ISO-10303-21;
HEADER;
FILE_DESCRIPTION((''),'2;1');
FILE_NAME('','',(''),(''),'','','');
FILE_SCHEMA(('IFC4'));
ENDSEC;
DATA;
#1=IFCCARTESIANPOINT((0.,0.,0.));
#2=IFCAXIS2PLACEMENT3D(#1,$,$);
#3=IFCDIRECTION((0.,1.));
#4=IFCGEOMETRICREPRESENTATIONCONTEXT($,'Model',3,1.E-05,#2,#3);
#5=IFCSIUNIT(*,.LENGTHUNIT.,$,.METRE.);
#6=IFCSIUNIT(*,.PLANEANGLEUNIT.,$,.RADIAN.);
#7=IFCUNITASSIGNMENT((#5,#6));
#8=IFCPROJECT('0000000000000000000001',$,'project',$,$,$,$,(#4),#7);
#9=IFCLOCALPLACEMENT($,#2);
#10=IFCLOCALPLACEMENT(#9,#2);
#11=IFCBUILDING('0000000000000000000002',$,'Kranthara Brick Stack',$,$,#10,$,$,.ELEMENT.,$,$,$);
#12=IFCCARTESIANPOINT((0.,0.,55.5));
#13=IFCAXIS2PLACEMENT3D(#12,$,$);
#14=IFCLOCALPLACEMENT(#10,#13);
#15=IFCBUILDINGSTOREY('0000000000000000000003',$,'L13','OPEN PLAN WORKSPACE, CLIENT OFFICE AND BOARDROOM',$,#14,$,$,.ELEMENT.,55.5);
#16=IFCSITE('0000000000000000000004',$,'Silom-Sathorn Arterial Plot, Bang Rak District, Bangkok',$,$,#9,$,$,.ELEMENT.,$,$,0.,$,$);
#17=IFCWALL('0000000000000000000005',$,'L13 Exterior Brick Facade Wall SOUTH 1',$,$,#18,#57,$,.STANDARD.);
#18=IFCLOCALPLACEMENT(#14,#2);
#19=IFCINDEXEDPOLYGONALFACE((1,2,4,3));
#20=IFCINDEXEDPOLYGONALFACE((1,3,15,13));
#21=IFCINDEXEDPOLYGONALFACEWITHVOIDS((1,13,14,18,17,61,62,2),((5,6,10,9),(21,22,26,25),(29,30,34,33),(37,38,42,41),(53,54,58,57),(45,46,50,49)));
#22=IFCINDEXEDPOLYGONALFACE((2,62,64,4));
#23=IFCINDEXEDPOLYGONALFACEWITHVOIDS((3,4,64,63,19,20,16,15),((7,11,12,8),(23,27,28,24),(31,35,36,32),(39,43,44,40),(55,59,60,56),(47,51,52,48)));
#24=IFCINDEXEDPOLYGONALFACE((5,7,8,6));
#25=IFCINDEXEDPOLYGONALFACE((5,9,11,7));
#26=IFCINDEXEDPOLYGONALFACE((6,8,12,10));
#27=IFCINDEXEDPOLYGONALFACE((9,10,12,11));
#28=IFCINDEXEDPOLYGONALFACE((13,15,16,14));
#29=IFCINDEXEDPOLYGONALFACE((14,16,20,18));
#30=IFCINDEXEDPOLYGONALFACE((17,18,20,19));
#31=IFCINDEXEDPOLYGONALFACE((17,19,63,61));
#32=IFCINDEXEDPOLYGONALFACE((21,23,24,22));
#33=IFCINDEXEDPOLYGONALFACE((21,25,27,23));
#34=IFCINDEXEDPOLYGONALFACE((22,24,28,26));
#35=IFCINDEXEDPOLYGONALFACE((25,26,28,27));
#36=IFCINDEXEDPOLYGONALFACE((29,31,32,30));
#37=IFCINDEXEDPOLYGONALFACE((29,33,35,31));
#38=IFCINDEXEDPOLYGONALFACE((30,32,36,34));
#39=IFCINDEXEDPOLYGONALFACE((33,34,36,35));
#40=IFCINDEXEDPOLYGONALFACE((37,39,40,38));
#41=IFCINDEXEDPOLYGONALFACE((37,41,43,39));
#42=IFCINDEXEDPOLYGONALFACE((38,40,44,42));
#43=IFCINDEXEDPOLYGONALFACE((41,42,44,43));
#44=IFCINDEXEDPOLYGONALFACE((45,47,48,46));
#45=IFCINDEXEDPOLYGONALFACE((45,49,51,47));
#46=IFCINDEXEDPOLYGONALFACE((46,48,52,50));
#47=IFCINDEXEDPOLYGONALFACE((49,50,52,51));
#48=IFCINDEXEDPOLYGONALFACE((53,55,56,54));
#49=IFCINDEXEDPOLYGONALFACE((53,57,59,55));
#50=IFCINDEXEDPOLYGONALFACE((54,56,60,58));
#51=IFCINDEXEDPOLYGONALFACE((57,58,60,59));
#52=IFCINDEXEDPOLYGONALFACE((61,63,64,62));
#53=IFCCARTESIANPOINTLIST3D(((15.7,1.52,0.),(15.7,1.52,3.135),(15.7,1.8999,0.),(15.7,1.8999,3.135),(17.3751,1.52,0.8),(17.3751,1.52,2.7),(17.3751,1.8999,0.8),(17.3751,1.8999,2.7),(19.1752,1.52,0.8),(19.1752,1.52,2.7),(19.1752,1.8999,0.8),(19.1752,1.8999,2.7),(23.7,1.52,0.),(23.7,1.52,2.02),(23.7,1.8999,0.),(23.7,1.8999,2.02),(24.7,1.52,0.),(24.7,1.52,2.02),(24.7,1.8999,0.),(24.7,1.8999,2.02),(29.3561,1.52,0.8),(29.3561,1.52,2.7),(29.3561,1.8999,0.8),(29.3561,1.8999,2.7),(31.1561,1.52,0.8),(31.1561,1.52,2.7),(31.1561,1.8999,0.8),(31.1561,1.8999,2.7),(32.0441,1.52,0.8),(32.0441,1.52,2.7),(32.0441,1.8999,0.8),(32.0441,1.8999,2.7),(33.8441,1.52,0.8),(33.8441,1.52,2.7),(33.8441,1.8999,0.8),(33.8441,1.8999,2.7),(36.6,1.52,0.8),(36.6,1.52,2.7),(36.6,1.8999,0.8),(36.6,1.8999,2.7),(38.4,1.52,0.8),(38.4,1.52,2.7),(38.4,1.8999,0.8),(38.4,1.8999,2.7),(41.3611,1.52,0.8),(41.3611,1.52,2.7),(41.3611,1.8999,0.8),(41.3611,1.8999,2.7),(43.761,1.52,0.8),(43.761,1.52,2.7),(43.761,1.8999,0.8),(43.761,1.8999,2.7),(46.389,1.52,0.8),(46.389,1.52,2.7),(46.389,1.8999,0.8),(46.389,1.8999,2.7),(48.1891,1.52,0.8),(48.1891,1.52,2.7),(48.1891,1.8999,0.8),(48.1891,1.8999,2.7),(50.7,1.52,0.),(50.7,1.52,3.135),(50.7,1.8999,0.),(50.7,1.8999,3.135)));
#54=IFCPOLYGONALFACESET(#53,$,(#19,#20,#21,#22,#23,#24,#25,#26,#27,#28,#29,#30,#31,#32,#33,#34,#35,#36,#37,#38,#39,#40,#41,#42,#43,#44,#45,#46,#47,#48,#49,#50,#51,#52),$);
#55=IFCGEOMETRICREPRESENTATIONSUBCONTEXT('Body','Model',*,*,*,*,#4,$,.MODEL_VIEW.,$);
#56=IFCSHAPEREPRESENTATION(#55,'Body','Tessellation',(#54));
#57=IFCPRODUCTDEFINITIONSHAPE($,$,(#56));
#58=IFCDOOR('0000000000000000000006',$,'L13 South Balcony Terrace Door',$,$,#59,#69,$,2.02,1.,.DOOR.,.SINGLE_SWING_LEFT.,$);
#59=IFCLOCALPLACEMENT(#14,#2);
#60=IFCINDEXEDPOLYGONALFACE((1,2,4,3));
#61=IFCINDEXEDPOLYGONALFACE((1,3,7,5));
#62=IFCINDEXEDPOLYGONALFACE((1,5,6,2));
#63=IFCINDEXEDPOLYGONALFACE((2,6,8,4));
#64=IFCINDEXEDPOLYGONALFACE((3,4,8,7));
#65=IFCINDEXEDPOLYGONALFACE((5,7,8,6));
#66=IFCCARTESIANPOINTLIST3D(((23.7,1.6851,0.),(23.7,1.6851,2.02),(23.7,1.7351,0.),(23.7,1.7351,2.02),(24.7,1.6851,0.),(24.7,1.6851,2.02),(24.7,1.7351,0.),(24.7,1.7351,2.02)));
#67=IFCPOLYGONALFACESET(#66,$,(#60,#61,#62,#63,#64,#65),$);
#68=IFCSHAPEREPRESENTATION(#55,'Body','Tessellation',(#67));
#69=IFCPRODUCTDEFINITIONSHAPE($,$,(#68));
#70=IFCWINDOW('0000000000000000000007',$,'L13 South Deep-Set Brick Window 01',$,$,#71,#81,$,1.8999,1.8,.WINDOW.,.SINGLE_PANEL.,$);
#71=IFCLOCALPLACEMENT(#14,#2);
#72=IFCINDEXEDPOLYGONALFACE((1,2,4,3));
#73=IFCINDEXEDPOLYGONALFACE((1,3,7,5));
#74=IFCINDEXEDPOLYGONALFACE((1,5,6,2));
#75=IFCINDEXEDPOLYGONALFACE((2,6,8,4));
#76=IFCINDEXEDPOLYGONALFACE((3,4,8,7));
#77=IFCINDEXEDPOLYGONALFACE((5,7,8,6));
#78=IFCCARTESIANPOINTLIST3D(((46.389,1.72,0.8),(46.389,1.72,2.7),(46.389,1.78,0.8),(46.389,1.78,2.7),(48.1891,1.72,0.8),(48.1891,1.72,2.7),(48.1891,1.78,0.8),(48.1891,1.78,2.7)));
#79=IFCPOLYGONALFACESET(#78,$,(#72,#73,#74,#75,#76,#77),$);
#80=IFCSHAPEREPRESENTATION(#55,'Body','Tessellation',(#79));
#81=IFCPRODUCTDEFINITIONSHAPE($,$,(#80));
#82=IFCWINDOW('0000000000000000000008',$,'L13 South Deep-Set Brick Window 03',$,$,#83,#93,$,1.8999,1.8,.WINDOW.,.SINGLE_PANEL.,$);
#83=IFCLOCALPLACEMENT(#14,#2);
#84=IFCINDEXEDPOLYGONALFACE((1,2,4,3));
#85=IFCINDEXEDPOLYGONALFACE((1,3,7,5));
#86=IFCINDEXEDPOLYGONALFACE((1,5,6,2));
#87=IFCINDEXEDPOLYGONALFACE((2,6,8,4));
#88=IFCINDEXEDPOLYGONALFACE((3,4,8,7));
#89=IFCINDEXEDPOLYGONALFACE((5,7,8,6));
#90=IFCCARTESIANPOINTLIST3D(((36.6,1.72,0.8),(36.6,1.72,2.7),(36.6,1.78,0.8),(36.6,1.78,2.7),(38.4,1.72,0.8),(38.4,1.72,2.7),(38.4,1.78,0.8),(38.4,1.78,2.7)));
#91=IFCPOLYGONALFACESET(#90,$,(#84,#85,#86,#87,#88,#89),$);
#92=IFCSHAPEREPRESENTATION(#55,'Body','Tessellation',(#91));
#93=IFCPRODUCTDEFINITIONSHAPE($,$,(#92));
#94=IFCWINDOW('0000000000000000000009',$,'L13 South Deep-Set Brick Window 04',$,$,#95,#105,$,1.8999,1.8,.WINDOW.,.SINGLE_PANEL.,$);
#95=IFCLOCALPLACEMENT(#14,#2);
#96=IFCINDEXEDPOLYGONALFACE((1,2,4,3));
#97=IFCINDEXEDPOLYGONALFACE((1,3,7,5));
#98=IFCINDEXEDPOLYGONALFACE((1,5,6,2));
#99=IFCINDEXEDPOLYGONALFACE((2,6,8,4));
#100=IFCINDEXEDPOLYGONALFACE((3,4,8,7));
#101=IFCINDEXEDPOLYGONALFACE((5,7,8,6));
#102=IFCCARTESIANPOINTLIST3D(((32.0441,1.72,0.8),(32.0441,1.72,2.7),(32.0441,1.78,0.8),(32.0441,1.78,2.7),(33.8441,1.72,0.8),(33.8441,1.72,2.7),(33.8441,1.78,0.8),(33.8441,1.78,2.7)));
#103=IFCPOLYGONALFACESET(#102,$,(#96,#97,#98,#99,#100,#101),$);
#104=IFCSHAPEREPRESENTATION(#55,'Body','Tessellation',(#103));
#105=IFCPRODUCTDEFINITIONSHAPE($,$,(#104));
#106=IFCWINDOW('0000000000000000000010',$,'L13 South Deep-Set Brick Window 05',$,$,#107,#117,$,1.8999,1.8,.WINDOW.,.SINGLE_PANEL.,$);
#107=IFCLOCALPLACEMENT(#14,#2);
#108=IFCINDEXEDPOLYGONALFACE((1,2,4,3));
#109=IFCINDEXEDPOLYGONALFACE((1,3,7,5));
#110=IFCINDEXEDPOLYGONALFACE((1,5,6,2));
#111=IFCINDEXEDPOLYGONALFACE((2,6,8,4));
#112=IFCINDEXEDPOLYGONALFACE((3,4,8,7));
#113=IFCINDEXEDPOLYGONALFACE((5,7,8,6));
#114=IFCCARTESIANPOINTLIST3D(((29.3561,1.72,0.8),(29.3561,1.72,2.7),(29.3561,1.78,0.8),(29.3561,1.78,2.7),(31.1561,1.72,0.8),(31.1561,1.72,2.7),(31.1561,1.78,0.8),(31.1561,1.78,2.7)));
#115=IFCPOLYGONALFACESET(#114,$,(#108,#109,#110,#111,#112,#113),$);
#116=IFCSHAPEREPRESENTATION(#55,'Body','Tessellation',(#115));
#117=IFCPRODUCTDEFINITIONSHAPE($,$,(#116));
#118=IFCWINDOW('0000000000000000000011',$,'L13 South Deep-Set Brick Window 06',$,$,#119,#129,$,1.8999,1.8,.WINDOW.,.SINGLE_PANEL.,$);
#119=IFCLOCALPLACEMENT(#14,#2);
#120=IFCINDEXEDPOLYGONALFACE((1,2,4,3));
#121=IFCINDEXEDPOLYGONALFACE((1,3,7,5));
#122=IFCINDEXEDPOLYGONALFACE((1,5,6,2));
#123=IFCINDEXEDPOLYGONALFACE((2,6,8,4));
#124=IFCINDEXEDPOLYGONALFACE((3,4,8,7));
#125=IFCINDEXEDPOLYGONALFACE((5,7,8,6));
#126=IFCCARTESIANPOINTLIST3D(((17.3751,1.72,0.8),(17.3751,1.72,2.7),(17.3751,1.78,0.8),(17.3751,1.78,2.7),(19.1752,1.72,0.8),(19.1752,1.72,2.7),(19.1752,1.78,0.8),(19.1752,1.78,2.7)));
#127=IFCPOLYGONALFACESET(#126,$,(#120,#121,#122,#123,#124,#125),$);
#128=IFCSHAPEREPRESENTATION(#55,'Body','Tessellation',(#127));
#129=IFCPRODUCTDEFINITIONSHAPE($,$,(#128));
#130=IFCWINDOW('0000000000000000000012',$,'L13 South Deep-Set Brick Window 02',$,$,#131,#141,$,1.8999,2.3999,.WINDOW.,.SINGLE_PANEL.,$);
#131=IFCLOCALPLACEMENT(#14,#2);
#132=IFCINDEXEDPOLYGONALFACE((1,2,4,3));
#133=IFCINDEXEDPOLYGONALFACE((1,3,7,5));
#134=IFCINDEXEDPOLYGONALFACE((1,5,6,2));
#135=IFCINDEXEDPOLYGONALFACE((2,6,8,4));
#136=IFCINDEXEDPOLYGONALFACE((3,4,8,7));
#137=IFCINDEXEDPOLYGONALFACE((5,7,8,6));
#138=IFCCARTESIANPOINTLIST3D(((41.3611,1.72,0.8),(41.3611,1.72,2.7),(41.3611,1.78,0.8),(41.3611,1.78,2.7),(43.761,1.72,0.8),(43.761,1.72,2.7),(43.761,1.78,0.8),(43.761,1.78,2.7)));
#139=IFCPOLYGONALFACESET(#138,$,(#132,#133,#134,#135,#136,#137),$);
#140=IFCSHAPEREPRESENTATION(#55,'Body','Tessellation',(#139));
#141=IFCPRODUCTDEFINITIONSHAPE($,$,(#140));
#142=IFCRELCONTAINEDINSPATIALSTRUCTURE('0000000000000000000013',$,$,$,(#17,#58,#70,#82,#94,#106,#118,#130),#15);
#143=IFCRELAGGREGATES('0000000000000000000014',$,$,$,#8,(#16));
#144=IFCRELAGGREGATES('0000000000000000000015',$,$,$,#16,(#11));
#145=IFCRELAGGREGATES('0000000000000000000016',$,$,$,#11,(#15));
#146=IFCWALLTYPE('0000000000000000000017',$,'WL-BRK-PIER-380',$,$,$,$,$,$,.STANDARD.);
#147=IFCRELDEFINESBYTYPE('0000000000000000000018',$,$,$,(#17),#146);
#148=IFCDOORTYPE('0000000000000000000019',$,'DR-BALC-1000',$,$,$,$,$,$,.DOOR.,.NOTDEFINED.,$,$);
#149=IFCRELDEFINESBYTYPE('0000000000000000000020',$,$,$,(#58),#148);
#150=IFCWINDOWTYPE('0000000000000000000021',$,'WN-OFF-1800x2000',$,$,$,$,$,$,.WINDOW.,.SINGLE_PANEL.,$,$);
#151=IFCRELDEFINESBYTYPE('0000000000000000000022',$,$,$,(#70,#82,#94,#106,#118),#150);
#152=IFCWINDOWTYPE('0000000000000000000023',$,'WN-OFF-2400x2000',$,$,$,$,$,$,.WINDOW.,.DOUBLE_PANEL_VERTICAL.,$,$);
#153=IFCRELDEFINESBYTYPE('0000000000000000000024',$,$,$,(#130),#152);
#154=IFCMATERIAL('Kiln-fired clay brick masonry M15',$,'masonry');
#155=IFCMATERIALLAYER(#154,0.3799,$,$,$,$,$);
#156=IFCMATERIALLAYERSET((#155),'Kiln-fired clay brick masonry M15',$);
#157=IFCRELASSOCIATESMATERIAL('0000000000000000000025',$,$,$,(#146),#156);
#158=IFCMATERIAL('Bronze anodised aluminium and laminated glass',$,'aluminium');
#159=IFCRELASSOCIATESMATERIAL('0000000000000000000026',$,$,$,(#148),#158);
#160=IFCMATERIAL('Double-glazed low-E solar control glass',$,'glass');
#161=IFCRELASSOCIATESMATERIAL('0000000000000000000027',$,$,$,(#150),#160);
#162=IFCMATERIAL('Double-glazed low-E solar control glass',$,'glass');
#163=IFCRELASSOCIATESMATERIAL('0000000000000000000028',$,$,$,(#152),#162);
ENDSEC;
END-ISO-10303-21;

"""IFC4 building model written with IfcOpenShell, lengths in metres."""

from ifc_helpers import new_model, si_unit, direction, frame, frame_2d, origin, place, context, subcontext, project, spatial, rectangle, extrude, material, layer, layer_set, type_object, element, fill, save


model = new_model("IFC4")

# Units and contexts
model_context = context("Model", 3, precision=1e-05, world=origin(), true_north=direction((0.0, 1.0)))
body_context = subcontext(model_context, "Body", "Model", "MODEL_VIEW")
ifc_project = project(units=[si_unit("LENGTHUNIT", "METRE"), si_unit("PLANEANGLEUNIT", "RADIAN")], contexts=[model_context])

# Site, building, storey
site_placement = place(None, origin())
site = spatial("IfcSite", under=ifc_project, at=site_placement, Name="Silom-Sathorn Arterial Plot, Bang Rak District, Bangkok", CompositionType="ELEMENT", RefElevation=0.0)
building_placement = place(site_placement, origin())
building = spatial("IfcBuilding", under=site, at=building_placement, Name="Kranthara Brick Stack", CompositionType="ELEMENT")
storey_placement = place(building_placement, frame((0.0, 0.0, 55.5)))
storey = spatial("IfcBuildingStorey", under=building, at=storey_placement, Name="L13", Description="OPEN PLAN WORKSPACE, CLIENT OFFICE AND BOARDROOM", CompositionType="ELEMENT", Elevation=55.5)

# Wall, openings, door, windows
ifc_material_1 = material(Name="Kiln-fired clay brick masonry M15", Category="masonry")
ifc_layer_1 = layer(ifc_material_1, 0.3799)
ifc_layer_set_1 = layer_set([ifc_layer_1], Name="Kiln-fired clay brick masonry M15")
wall_type_1 = type_object("IfcWallType", Name="WL-BRK-PIER-380", PredefinedType="STANDARD", material=ifc_layer_set_1)
wall_1_placement = place(storey_placement, frame((50.7, 1.71, 0.0), z_axis=(0.0, 0.0, 1.0), x_axis=(-1.0, 0.0, 0.0)))
wall_1 = element("IfcWall", 1, at=wall_1_placement, inside=storey, type_object=wall_type_1, Name="L13 Exterior Brick Facade Wall SOUTH 1", PredefinedType="STANDARD", context=body_context, shape_type="SweptSolid", body=[
    extrude(rectangle(XDim=35.0, YDim=0.3799, at=frame_2d((17.5, 0.0))), origin(), (0.0, 0.0, 1.0), 3.135),
])
opening_1_placement = place(wall_1_placement, frame((26.0, 0.0, 0.0)))
opening_1 = element("IfcOpeningElement", 2, at=opening_1_placement, cuts=wall_1, PredefinedType="OPENING", context=body_context, shape_type="SweptSolid", body=[
    extrude(rectangle(XDim=1.0, YDim=2.02, at=frame_2d((0.5, 1.01))), frame((0.0, 0.2, 0.0), z_axis=(0.0, -1.0, 0.0), x_axis=(1.0, 0.0, 0.0)), (0.0, 0.0, 1.0), 0.3999),
])
opening_2_placement = place(wall_1_placement, frame((2.511, 0.0, 0.8)))
opening_2 = element("IfcOpeningElement", 3, at=opening_2_placement, cuts=wall_1, PredefinedType="OPENING", context=body_context, shape_type="SweptSolid", body=[
    extrude(rectangle(XDim=1.8, YDim=1.8999, at=frame_2d((0.8999, 0.95))), frame((0.0, 0.2, 0.0), z_axis=(0.0, -1.0, 0.0), x_axis=(1.0, 0.0, 0.0)), (0.0, 0.0, 1.0), 0.3999),
])
opening_3_placement = place(wall_1_placement, frame((6.939, 0.0, 0.8)))
opening_3 = element("IfcOpeningElement", 4, at=opening_3_placement, cuts=wall_1, PredefinedType="OPENING", context=body_context, shape_type="SweptSolid", body=[
    extrude(rectangle(XDim=2.3999, YDim=1.8999, at=frame_2d((1.2, 0.95))), frame((0.0, 0.2, 0.0), z_axis=(0.0, -1.0, 0.0), x_axis=(1.0, 0.0, 0.0)), (0.0, 0.0, 1.0), 0.3999),
])
opening_4_placement = place(wall_1_placement, frame((12.3, 0.0, 0.8)))
opening_4 = element("IfcOpeningElement", 5, at=opening_4_placement, cuts=wall_1, PredefinedType="OPENING", context=body_context, shape_type="SweptSolid", body=[
    extrude(rectangle(XDim=1.8, YDim=1.8999, at=frame_2d((0.8999, 0.95))), frame((0.0, 0.2, 0.0), z_axis=(0.0, -1.0, 0.0), x_axis=(1.0, 0.0, 0.0)), (0.0, 0.0, 1.0), 0.3999),
])
opening_5_placement = place(wall_1_placement, frame((16.856, 0.0, 0.8)))
opening_5 = element("IfcOpeningElement", 6, at=opening_5_placement, cuts=wall_1, PredefinedType="OPENING", context=body_context, shape_type="SweptSolid", body=[
    extrude(rectangle(XDim=1.8, YDim=1.8999, at=frame_2d((0.8999, 0.95))), frame((0.0, 0.2, 0.0), z_axis=(0.0, -1.0, 0.0), x_axis=(1.0, 0.0, 0.0)), (0.0, 0.0, 1.0), 0.3999),
])
opening_6_placement = place(wall_1_placement, frame((19.5439, 0.0, 0.8)))
opening_6 = element("IfcOpeningElement", 7, at=opening_6_placement, cuts=wall_1, PredefinedType="OPENING", context=body_context, shape_type="SweptSolid", body=[
    extrude(rectangle(XDim=1.8, YDim=1.8999, at=frame_2d((0.8999, 0.95))), frame((0.0, 0.2, 0.0), z_axis=(0.0, -1.0, 0.0), x_axis=(1.0, 0.0, 0.0)), (0.0, 0.0, 1.0), 0.3999),
])
opening_7_placement = place(wall_1_placement, frame((31.5249, 0.0, 0.8)))
opening_7 = element("IfcOpeningElement", 8, at=opening_7_placement, cuts=wall_1, PredefinedType="OPENING", context=body_context, shape_type="SweptSolid", body=[
    extrude(rectangle(XDim=1.8, YDim=1.8999, at=frame_2d((0.8999, 0.95))), frame((0.0, 0.2, 0.0), z_axis=(0.0, -1.0, 0.0), x_axis=(1.0, 0.0, 0.0)), (0.0, 0.0, 1.0), 0.3999),
])
ifc_material_2 = material(Name="Bronze anodised aluminium and laminated glass", Category="aluminium")
door_type_1 = type_object("IfcDoorType", Name="DR-BALC-1000", OperationType="NOTDEFINED", PredefinedType="DOOR", material=ifc_material_2)
door_1_placement = place(opening_1_placement, origin())
door_1 = element("IfcDoor", 9, at=door_1_placement, inside=storey, type_object=door_type_1, Name="L13 South Balcony Terrace Door", OperationType="SINGLE_SWING_LEFT", OverallHeight=2.02, OverallWidth=1.0, PredefinedType="DOOR", context=body_context, shape_type="SweptSolid", body=[
    extrude(rectangle(XDim=1.0, YDim=2.02, at=frame_2d((0.5, 1.01))), frame((0.0, 0.0249, 0.0), z_axis=(0.0, -1.0, 0.0), x_axis=(1.0, 0.0, 0.0)), (0.0, 0.0, 1.0), 0.05),
])
fill(opening_1, door_1)
ifc_material_3 = material(Name="Double-glazed low-E solar control glass", Category="glass")
window_type_1 = type_object("IfcWindowType", Name="WN-OFF-1800x2000", PartitioningType="SINGLE_PANEL", PredefinedType="WINDOW", material=ifc_material_3)
window_1_placement = place(opening_2_placement, origin())
window_1 = element("IfcWindow", 10, at=window_1_placement, inside=storey, type_object=window_type_1, Name="L13 South Deep-Set Brick Window 01", OverallHeight=1.8999, OverallWidth=1.8, PartitioningType="SINGLE_PANEL", PredefinedType="WINDOW", context=body_context, shape_type="SweptSolid", body=[
    extrude(rectangle(XDim=1.8, YDim=1.8999, at=frame_2d((0.8999, 0.95))), frame((0.0, -0.01, 0.0), z_axis=(0.0, -1.0, 0.0), x_axis=(1.0, 0.0, 0.0)), (0.0, 0.0, 1.0), 0.0601),
])
fill(opening_2, window_1)
window_2_placement = place(opening_4_placement, origin())
window_2 = element("IfcWindow", 11, at=window_2_placement, inside=storey, type_object=window_type_1, Name="L13 South Deep-Set Brick Window 03", OverallHeight=1.8999, OverallWidth=1.8, PartitioningType="SINGLE_PANEL", PredefinedType="WINDOW", context=body_context, shape_type="SweptSolid", body=[
    extrude(rectangle(XDim=1.8, YDim=1.8999, at=frame_2d((0.8999, 0.95))), frame((0.0, -0.01, 0.0), z_axis=(0.0, -1.0, 0.0), x_axis=(1.0, 0.0, 0.0)), (0.0, 0.0, 1.0), 0.0601),
])
fill(opening_4, window_2)
window_3_placement = place(opening_5_placement, origin())
window_3 = element("IfcWindow", 12, at=window_3_placement, inside=storey, type_object=window_type_1, Name="L13 South Deep-Set Brick Window 04", OverallHeight=1.8999, OverallWidth=1.8, PartitioningType="SINGLE_PANEL", PredefinedType="WINDOW", context=body_context, shape_type="SweptSolid", body=[
    extrude(rectangle(XDim=1.8, YDim=1.8999, at=frame_2d((0.8999, 0.95))), frame((0.0, -0.01, 0.0), z_axis=(0.0, -1.0, 0.0), x_axis=(1.0, 0.0, 0.0)), (0.0, 0.0, 1.0), 0.0601),
])
fill(opening_5, window_3)
window_4_placement = place(opening_6_placement, origin())
window_4 = element("IfcWindow", 13, at=window_4_placement, inside=storey, type_object=window_type_1, Name="L13 South Deep-Set Brick Window 05", OverallHeight=1.8999, OverallWidth=1.8, PartitioningType="SINGLE_PANEL", PredefinedType="WINDOW", context=body_context, shape_type="SweptSolid", body=[
    extrude(rectangle(XDim=1.8, YDim=1.8999, at=frame_2d((0.8999, 0.95))), frame((0.0, -0.01, 0.0), z_axis=(0.0, -1.0, 0.0), x_axis=(1.0, 0.0, 0.0)), (0.0, 0.0, 1.0), 0.0601),
])
fill(opening_6, window_4)
window_5_placement = place(opening_7_placement, origin())
window_5 = element("IfcWindow", 14, at=window_5_placement, inside=storey, type_object=window_type_1, Name="L13 South Deep-Set Brick Window 06", OverallHeight=1.8999, OverallWidth=1.8, PartitioningType="SINGLE_PANEL", PredefinedType="WINDOW", context=body_context, shape_type="SweptSolid", body=[
    extrude(rectangle(XDim=1.8, YDim=1.8999, at=frame_2d((0.8999, 0.95))), frame((0.0, -0.01, 0.0), z_axis=(0.0, -1.0, 0.0), x_axis=(1.0, 0.0, 0.0)), (0.0, 0.0, 1.0), 0.0601),
])
fill(opening_7, window_5)
ifc_material_4 = material(Name="Double-glazed low-E solar control glass", Category="glass")
window_type_2 = type_object("IfcWindowType", Name="WN-OFF-2400x2000", PartitioningType="DOUBLE_PANEL_VERTICAL", PredefinedType="WINDOW", material=ifc_material_4)
window_6_placement = place(opening_3_placement, origin())
window_6 = element("IfcWindow", 15, at=window_6_placement, inside=storey, type_object=window_type_2, Name="L13 South Deep-Set Brick Window 02", OverallHeight=1.8999, OverallWidth=2.3999, PartitioningType="SINGLE_PANEL", PredefinedType="WINDOW", context=body_context, shape_type="SweptSolid", body=[
    extrude(rectangle(XDim=2.3999, YDim=1.8999, at=frame_2d((1.2, 0.95))), frame((0.0, -0.01, 0.0), z_axis=(0.0, -1.0, 0.0), x_axis=(1.0, 0.0, 0.0)), (0.0, 0.0, 1.0), 0.0601),
])
fill(opening_3, window_6)

save(model, "model.ifc")
